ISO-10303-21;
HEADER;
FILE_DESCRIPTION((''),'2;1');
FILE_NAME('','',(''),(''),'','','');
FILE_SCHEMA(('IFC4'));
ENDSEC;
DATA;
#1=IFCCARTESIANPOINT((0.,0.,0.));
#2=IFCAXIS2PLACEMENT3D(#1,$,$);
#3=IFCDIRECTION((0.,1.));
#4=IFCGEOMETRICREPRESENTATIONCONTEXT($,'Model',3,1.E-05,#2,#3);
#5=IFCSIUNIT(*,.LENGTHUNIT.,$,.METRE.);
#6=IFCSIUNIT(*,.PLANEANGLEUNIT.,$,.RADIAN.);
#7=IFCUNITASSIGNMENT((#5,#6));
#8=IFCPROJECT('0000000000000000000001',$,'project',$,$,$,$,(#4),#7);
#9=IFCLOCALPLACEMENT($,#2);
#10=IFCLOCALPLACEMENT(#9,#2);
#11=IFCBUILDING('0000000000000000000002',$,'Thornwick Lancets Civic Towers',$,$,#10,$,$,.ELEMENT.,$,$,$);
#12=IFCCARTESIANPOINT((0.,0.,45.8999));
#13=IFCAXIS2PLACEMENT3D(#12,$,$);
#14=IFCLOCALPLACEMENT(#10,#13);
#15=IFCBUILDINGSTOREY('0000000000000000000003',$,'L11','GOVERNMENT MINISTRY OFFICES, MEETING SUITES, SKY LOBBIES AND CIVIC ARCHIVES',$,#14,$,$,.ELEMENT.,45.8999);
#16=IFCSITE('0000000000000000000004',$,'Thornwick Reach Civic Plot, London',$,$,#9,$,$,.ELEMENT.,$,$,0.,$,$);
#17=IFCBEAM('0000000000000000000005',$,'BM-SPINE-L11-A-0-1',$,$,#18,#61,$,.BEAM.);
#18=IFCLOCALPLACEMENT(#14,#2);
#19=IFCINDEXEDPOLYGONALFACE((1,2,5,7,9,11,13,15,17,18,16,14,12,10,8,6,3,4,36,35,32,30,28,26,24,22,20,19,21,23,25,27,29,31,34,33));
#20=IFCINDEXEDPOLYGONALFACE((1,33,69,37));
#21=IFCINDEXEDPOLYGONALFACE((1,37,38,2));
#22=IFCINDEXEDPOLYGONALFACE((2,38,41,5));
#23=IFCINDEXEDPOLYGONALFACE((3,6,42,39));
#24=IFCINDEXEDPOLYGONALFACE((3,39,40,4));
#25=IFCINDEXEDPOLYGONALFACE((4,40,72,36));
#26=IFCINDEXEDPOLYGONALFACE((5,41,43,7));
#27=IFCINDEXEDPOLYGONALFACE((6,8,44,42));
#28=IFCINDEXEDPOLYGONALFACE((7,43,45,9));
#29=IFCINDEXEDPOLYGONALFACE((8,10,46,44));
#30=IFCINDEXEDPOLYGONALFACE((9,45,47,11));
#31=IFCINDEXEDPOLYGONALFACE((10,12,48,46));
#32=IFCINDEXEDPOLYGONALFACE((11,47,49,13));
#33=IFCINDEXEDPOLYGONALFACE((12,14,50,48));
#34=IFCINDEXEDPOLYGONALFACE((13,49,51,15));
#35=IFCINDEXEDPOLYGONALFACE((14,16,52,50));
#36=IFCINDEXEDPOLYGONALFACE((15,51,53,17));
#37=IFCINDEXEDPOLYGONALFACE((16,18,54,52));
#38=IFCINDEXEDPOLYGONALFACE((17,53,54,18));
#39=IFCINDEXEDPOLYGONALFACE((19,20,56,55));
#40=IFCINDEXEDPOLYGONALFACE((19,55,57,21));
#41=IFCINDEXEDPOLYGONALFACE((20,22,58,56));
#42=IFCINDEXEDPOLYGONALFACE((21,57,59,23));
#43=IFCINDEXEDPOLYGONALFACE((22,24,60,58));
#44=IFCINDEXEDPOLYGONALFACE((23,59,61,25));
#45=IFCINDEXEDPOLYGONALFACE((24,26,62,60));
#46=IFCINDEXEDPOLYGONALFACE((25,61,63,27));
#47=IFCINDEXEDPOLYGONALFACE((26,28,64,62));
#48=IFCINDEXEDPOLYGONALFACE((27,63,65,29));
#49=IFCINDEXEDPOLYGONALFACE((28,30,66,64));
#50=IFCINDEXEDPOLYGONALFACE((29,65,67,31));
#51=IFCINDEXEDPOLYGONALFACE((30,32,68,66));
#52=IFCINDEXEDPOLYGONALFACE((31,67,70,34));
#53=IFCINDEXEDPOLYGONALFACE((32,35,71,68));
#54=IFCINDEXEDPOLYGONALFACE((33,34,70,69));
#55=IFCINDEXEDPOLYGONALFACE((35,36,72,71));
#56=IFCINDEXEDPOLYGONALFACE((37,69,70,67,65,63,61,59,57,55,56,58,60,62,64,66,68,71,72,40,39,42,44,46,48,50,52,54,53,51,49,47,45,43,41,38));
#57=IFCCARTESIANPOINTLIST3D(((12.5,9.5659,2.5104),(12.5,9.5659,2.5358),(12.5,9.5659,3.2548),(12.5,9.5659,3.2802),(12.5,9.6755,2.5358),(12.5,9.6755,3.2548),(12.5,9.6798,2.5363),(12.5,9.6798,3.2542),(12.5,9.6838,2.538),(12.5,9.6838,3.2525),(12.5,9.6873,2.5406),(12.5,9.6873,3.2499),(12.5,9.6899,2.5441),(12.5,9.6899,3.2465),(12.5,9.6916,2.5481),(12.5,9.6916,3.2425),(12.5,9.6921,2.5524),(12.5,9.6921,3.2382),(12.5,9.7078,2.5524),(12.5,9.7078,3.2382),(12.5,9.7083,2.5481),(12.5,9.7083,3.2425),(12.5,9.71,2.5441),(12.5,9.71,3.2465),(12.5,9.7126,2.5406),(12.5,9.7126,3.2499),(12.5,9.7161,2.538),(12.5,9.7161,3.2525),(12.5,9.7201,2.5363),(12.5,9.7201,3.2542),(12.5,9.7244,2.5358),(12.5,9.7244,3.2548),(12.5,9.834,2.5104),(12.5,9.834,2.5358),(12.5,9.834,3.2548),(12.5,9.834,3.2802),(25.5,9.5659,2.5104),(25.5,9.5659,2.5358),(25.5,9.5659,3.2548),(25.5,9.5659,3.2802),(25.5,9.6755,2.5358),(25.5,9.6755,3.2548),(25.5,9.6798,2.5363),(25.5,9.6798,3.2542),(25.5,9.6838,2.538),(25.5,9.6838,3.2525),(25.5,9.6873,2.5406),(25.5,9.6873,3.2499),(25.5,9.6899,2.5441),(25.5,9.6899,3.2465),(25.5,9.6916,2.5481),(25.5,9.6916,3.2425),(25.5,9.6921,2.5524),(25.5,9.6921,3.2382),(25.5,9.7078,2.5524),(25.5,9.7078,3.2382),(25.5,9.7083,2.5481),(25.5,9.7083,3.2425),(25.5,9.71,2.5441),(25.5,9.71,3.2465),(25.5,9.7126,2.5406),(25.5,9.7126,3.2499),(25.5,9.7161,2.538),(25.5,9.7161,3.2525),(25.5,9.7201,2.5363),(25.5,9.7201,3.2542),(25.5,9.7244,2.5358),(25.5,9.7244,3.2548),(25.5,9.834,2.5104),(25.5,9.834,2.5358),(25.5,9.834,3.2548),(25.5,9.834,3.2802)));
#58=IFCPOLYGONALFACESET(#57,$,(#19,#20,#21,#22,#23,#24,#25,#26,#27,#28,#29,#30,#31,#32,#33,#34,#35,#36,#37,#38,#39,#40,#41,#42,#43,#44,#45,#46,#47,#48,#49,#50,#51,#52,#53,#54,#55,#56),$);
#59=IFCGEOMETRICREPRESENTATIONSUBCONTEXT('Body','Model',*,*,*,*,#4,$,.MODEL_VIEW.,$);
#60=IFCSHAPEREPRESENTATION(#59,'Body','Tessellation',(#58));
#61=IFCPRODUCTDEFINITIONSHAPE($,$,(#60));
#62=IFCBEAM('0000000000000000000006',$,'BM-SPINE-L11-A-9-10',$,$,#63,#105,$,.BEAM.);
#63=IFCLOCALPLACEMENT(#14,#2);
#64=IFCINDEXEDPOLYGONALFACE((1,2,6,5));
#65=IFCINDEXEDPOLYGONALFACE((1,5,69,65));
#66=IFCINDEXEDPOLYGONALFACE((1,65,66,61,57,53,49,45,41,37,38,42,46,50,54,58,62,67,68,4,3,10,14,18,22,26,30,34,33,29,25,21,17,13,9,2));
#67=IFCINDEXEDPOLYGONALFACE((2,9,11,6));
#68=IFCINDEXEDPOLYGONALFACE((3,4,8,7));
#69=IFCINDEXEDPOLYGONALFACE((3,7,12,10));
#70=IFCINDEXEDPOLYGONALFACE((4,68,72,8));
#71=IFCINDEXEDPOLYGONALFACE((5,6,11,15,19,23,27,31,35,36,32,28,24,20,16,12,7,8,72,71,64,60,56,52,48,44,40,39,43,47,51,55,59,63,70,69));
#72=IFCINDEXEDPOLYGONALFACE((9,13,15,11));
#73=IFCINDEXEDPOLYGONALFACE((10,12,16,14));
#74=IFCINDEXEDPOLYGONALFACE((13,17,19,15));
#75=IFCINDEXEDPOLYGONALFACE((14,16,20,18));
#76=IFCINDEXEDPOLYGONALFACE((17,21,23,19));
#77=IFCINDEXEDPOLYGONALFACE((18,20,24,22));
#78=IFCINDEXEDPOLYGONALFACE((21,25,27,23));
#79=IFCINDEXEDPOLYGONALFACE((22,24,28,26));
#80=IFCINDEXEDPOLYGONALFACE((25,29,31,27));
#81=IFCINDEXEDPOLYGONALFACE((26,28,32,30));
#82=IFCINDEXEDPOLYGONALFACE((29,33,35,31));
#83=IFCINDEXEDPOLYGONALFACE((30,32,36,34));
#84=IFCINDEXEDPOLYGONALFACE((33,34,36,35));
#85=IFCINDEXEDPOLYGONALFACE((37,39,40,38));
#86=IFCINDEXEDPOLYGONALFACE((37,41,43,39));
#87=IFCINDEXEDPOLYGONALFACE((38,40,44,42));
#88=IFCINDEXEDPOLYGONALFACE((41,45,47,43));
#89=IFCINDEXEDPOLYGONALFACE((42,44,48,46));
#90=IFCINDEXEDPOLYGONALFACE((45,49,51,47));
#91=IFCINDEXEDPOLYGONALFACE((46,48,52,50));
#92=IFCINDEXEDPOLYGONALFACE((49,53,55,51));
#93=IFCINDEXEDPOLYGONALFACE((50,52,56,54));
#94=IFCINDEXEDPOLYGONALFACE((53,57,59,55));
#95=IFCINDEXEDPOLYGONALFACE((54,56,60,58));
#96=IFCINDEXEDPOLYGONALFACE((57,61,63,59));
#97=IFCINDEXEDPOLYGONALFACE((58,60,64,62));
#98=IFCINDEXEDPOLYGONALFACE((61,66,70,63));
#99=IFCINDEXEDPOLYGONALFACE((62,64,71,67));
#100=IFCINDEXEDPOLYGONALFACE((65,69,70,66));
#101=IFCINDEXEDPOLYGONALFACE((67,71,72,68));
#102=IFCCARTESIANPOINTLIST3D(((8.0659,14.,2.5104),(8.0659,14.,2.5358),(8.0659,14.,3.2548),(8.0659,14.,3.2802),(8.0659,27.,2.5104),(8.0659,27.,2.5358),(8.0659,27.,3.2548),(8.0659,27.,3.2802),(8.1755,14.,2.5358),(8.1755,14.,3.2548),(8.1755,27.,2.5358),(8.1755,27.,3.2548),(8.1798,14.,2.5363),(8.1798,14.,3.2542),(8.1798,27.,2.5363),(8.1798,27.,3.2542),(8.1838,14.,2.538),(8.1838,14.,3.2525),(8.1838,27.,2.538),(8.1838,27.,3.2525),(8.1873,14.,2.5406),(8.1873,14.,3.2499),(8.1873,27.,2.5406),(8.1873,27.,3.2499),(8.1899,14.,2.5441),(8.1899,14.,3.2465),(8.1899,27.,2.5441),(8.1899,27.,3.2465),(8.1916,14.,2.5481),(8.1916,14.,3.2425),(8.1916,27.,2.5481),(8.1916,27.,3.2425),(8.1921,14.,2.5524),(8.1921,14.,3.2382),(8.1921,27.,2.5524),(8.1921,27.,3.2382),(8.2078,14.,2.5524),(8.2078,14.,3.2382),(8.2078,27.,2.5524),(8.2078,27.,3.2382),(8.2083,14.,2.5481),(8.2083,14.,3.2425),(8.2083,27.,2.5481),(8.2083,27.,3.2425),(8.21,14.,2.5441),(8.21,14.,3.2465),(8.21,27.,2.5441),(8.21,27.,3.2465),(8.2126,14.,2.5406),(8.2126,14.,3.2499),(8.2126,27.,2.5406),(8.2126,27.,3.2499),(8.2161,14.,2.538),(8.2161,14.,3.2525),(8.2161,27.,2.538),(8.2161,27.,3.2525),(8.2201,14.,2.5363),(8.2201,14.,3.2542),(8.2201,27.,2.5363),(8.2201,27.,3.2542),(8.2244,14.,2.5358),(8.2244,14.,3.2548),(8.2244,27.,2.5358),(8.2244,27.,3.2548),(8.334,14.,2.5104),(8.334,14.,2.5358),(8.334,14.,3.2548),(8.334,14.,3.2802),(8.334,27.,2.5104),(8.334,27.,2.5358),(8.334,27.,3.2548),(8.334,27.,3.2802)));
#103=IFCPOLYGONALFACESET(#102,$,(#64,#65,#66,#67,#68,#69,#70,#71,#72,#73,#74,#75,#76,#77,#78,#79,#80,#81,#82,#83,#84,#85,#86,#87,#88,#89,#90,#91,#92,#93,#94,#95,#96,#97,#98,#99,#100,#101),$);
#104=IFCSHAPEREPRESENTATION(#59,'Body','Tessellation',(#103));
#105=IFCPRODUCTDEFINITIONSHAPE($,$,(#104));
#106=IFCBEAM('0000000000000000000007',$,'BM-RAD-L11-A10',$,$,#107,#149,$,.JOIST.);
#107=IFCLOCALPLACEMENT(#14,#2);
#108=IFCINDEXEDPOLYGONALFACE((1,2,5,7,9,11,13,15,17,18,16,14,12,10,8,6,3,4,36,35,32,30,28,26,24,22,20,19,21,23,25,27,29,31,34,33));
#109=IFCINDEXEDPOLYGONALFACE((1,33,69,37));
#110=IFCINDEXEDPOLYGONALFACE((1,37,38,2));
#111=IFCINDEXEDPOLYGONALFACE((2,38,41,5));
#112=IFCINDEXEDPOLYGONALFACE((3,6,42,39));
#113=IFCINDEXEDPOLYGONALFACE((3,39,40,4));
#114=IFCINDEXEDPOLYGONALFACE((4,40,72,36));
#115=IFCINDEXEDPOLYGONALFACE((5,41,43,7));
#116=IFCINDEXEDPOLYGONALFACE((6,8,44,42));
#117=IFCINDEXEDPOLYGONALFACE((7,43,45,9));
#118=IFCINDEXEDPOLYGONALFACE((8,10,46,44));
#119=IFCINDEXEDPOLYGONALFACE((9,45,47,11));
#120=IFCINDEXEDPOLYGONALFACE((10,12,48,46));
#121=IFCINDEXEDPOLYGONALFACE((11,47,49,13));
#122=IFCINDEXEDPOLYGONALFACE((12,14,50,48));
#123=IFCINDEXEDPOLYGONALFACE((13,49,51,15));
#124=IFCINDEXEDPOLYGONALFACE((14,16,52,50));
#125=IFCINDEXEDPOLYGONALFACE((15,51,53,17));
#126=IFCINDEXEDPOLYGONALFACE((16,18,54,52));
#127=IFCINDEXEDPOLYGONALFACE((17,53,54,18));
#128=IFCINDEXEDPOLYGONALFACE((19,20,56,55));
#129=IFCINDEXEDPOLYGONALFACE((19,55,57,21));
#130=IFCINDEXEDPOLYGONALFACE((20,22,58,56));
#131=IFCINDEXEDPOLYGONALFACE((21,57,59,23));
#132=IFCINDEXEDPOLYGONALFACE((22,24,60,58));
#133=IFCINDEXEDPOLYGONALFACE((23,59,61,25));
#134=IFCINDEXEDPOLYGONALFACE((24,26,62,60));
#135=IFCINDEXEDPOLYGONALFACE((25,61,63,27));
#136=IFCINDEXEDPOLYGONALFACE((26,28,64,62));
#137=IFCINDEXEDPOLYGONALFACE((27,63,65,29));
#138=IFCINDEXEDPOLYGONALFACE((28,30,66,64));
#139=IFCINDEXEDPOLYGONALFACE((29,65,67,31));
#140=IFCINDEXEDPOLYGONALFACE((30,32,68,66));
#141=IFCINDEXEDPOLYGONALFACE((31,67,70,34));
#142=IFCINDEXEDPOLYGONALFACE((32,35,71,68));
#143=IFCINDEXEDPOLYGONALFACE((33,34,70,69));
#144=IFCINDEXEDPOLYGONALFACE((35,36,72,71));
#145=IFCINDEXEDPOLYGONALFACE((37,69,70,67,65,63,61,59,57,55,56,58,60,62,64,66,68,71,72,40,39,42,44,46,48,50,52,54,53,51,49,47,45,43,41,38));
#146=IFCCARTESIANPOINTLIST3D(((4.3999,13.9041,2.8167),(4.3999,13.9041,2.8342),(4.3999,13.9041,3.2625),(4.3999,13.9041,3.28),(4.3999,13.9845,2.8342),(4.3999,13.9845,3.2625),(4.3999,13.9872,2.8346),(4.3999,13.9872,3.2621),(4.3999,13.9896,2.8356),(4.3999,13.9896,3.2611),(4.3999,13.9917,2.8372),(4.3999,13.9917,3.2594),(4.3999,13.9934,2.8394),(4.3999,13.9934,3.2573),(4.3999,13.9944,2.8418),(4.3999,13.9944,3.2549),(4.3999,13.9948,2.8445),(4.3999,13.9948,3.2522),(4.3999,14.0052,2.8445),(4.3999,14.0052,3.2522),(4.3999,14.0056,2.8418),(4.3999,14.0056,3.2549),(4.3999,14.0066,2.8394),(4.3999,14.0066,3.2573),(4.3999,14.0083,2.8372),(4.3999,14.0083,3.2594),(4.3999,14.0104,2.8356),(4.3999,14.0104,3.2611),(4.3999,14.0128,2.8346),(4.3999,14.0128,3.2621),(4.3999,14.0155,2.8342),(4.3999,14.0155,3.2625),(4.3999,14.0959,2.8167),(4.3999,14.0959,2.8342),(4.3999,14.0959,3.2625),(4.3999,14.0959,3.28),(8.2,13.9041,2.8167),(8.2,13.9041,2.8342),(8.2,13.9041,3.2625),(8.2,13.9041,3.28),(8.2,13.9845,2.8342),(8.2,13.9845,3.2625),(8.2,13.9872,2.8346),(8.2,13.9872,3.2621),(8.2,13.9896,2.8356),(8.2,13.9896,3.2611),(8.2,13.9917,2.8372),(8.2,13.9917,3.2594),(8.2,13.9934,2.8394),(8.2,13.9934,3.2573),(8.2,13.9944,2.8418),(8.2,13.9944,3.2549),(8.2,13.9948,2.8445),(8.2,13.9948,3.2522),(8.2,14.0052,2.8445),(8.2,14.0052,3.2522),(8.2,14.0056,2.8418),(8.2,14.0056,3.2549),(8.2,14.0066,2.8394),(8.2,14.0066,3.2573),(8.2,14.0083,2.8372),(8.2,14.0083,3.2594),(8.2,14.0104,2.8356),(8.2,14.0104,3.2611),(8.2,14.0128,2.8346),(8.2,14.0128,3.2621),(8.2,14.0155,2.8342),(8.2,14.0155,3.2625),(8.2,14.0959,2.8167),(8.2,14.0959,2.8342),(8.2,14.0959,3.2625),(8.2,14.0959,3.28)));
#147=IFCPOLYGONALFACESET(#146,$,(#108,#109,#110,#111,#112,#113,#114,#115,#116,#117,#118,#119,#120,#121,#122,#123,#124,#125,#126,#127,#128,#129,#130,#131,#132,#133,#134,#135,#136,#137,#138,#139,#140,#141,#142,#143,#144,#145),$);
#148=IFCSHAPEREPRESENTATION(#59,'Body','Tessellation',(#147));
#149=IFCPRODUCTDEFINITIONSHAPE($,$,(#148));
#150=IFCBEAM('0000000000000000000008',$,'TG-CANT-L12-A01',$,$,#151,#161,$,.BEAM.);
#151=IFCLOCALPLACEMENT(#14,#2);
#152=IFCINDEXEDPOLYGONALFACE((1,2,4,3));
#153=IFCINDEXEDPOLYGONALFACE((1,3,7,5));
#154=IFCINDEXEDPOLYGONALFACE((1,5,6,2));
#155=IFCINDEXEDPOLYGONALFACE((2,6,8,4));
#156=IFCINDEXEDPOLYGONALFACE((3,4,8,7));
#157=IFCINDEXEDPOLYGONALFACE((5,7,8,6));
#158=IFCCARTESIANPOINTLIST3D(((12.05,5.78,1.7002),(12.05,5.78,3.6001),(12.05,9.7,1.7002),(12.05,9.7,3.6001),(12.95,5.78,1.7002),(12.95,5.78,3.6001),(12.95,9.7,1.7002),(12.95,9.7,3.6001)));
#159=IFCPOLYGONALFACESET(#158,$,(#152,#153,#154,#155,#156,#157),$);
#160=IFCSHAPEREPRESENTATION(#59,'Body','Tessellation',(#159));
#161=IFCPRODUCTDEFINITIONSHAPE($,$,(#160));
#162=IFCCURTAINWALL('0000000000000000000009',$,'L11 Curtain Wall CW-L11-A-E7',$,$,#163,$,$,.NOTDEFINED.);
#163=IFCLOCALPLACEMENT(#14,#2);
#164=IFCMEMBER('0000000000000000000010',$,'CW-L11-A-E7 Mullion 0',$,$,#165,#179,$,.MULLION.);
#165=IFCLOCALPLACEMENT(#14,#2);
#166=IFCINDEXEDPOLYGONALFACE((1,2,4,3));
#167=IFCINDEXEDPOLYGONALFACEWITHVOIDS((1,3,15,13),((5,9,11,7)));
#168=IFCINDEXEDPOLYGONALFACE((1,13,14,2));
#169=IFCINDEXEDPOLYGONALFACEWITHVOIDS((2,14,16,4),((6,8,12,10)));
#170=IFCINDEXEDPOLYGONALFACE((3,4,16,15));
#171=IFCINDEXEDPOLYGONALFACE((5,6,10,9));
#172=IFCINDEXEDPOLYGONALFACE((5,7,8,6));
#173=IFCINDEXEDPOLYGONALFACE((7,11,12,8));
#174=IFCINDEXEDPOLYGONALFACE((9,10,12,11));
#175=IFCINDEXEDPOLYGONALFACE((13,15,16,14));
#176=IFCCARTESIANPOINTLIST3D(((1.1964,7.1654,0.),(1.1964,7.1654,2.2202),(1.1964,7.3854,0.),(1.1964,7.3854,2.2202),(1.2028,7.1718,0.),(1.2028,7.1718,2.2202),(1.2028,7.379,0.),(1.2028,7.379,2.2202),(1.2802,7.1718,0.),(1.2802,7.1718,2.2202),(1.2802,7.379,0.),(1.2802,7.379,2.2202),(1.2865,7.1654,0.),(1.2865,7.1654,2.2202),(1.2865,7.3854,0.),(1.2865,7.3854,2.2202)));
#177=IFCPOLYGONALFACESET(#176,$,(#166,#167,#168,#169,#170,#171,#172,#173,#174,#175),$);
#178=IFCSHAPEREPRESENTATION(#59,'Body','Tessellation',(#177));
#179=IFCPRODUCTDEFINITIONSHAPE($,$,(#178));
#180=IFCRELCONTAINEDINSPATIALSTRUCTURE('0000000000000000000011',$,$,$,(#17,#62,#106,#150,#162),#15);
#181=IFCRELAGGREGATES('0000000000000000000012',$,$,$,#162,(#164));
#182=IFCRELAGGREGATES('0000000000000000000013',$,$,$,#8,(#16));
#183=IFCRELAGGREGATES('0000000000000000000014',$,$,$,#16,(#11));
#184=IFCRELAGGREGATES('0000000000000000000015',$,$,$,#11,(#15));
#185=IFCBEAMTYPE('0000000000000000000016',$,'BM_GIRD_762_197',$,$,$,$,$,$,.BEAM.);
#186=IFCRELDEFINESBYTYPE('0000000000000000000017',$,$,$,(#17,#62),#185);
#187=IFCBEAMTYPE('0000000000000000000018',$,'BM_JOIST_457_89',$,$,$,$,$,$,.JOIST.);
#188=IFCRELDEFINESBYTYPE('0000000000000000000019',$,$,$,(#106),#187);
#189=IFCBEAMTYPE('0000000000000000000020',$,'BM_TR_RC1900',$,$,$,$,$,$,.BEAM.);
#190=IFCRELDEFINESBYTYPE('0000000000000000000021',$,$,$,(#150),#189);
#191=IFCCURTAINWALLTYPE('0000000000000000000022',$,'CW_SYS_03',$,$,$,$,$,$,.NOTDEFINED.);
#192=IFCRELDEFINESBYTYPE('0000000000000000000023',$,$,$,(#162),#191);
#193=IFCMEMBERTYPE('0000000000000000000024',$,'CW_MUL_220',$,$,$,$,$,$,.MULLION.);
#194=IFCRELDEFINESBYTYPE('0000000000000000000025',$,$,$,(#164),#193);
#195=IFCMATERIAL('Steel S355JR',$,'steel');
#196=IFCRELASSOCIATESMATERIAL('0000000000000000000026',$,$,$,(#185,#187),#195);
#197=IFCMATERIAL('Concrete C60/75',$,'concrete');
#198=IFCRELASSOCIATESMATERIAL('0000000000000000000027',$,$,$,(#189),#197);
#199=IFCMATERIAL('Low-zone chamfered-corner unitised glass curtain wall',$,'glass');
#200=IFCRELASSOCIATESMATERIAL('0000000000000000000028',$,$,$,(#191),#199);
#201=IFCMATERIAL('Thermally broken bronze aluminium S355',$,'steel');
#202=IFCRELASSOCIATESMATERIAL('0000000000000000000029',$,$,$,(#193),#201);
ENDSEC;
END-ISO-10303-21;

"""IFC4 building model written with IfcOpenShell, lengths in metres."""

from ifc_helpers import new_model, si_unit, direction, frame, origin, origin_2d, place, context, subcontext, project, spatial, rectangle, hollow_rectangle, i_section, extrude, material, material_profile, profile_set, type_object, element, aggregate, save


model = new_model("IFC4")

# Units and contexts
model_context = context("Model", 3, precision=1e-05, world=origin(), true_north=direction((0.0, 1.0)))
body_context = subcontext(model_context, "Body", "Model", "MODEL_VIEW")
ifc_project = project(units=[si_unit("LENGTHUNIT", "METRE"), si_unit("PLANEANGLEUNIT", "RADIAN")], contexts=[model_context])

# Site, building, storey
site_placement = place(None, origin())
site = spatial("IfcSite", under=ifc_project, at=site_placement, Name="Thornwick Reach Civic Plot, London", CompositionType="ELEMENT", RefElevation=0.0)
building_placement = place(site_placement, origin())
building = spatial("IfcBuilding", under=site, at=building_placement, Name="Thornwick Lancets Civic Towers", CompositionType="ELEMENT")
storey_placement = place(building_placement, frame((0.0, 0.0, 45.8999)))
storey = spatial("IfcBuildingStorey", under=building, at=storey_placement, Name="L11", Description="GOVERNMENT MINISTRY OFFICES, MEETING SUITES, SKY LOBBIES AND CIVIC ARCHIVES", CompositionType="ELEMENT", Elevation=45.8999)

# Shared definitions
ifc_material_1 = material(Name="Concrete C60/75", Category="concrete")

# Beams
ifc_material_2 = material(Name="Steel S355JR", Category="steel")
ifc_material_profile_1 = material_profile(ifc_material_2, i_section(OverallWidth=0.2681, OverallDepth=0.7698, WebThickness=0.0156, FlangeThickness=0.0254, FilletRadius=0.0166, at=origin_2d()), Name="UKB 762x267x197")
ifc_profile_set_1 = profile_set([ifc_material_profile_1], Name="Steel S355JR")
beam_type_1 = type_object("IfcBeamType", Name="BM_GIRD_762_197", PredefinedType="BEAM", material=ifc_profile_set_1)
for number, where, z_axis, x_axis, name in (
    (1, (12.5, 9.7, 2.8953), (1.0, 0.0, 0.0), (0.0, 1.0, 0.0), "BM-SPINE-L11-A-0-1"),
    (2, (8.2, 14.0, 2.8953), (0.0, 1.0, 0.0), (-1.0, 0.0, 0.0), "BM-SPINE-L11-A-9-10"),
):
    element("IfcBeam", number, at=place(storey_placement, frame(where, z_axis=z_axis, x_axis=x_axis)), inside=storey, type_object=beam_type_1, Name=name, PredefinedType="BEAM", context=body_context, shape_type="SweptSolid", body=[
        extrude(i_section(OverallWidth=0.2681, OverallDepth=0.7698, WebThickness=0.0156, FlangeThickness=0.0254, FilletRadius=0.0166, at=origin_2d()), origin(), (0.0, 0.0, 1.0), 13.0),
    ])
ifc_material_profile_2 = material_profile(ifc_material_2, i_section(OverallWidth=0.1919, OverallDepth=0.4634, WebThickness=0.0105, FlangeThickness=0.0176, FilletRadius=0.0103, at=origin_2d()), Name="UKB 457x191x89")
ifc_profile_set_2 = profile_set([ifc_material_profile_2], Name="Steel S355JR")
beam_type_2 = type_object("IfcBeamType", Name="BM_JOIST_457_89", PredefinedType="JOIST", material=ifc_profile_set_2)
beam_1_placement = place(storey_placement, frame((8.2, 14.0, 3.0483), z_axis=(-1.0, 0.0, 0.0), x_axis=(0.0, -1.0, 0.0)))
element("IfcBeam", 3, at=beam_1_placement, inside=storey, type_object=beam_type_2, Name="BM-RAD-L11-A10", PredefinedType="JOIST", context=body_context, shape_type="SweptSolid", body=[
    extrude(i_section(OverallWidth=0.1919, OverallDepth=0.4634, WebThickness=0.0105, FlangeThickness=0.0176, FilletRadius=0.0103, at=origin_2d()), origin(), (0.0, 0.0, 1.0), 3.8),
])
ifc_material_profile_3 = material_profile(ifc_material_1, rectangle(XDim=0.8999, YDim=1.8999, at=origin_2d()), Name="RC 900x1900")
ifc_profile_set_3 = profile_set([ifc_material_profile_3], Name="Concrete C60/75")
beam_type_3 = type_object("IfcBeamType", Name="BM_TR_RC1900", PredefinedType="BEAM", material=ifc_profile_set_3)
beam_2_placement = place(storey_placement, frame((12.5, 9.7, 2.6501), z_axis=(0.0, -1.0, 0.0), x_axis=(1.0, 0.0, 0.0)))
element("IfcBeam", 4, at=beam_2_placement, inside=storey, type_object=beam_type_3, Name="TG-CANT-L12-A01", PredefinedType="BEAM", context=body_context, shape_type="SweptSolid", body=[
    extrude(rectangle(XDim=0.8999, YDim=1.8999, at=origin_2d()), origin(), (0.0, 0.0, 1.0), 3.9199),
])

# Curtain wall, member
ifc_material_3 = material(Name="Low-zone chamfered-corner unitised glass curtain wall", Category="glass")
curtain_wall_type = type_object("IfcCurtainWallType", Name="CW_SYS_03", PredefinedType="NOTDEFINED", material=ifc_material_3)
curtain_wall_placement = place(storey_placement, origin())
curtain_wall = element("IfcCurtainWall", 5, at=curtain_wall_placement, inside=storey, type_object=curtain_wall_type, Name="L11 Curtain Wall CW-L11-A-E7", PredefinedType="NOTDEFINED")
ifc_material_4 = material(Name="Thermally broken bronze aluminium S355", Category="steel")
ifc_material_profile_4 = material_profile(ifc_material_4, hollow_rectangle(XDim=0.0901, YDim=0.22, WallThickness=0.0063, at=origin_2d()), Name="RHS 220x90x6.3")
ifc_profile_set_4 = profile_set([ifc_material_profile_4], Name="Thermally broken bronze aluminium S355")
member_type_1 = type_object("IfcMemberType", Name="CW_MUL_220", PredefinedType="MULLION", material=ifc_profile_set_4)
member_1_placement = place(storey_placement, frame((1.2415, 7.2754, 0.0), z_axis=(0.0, 0.0, 1.0), x_axis=(1.0, 0.0, 0.0)))
member_1 = element("IfcMember", 6, at=member_1_placement, type_object=member_type_1, Name="CW-L11-A-E7 Mullion 0", PredefinedType="MULLION", context=body_context, shape_type="SweptSolid", body=[
    extrude(hollow_rectangle(XDim=0.0901, YDim=0.22, WallThickness=0.0063, at=origin_2d()), origin(), (0.0, 0.0, 1.0), 2.2202),
])
aggregate(curtain_wall, [member_1])

save(model, "model.ifc")
